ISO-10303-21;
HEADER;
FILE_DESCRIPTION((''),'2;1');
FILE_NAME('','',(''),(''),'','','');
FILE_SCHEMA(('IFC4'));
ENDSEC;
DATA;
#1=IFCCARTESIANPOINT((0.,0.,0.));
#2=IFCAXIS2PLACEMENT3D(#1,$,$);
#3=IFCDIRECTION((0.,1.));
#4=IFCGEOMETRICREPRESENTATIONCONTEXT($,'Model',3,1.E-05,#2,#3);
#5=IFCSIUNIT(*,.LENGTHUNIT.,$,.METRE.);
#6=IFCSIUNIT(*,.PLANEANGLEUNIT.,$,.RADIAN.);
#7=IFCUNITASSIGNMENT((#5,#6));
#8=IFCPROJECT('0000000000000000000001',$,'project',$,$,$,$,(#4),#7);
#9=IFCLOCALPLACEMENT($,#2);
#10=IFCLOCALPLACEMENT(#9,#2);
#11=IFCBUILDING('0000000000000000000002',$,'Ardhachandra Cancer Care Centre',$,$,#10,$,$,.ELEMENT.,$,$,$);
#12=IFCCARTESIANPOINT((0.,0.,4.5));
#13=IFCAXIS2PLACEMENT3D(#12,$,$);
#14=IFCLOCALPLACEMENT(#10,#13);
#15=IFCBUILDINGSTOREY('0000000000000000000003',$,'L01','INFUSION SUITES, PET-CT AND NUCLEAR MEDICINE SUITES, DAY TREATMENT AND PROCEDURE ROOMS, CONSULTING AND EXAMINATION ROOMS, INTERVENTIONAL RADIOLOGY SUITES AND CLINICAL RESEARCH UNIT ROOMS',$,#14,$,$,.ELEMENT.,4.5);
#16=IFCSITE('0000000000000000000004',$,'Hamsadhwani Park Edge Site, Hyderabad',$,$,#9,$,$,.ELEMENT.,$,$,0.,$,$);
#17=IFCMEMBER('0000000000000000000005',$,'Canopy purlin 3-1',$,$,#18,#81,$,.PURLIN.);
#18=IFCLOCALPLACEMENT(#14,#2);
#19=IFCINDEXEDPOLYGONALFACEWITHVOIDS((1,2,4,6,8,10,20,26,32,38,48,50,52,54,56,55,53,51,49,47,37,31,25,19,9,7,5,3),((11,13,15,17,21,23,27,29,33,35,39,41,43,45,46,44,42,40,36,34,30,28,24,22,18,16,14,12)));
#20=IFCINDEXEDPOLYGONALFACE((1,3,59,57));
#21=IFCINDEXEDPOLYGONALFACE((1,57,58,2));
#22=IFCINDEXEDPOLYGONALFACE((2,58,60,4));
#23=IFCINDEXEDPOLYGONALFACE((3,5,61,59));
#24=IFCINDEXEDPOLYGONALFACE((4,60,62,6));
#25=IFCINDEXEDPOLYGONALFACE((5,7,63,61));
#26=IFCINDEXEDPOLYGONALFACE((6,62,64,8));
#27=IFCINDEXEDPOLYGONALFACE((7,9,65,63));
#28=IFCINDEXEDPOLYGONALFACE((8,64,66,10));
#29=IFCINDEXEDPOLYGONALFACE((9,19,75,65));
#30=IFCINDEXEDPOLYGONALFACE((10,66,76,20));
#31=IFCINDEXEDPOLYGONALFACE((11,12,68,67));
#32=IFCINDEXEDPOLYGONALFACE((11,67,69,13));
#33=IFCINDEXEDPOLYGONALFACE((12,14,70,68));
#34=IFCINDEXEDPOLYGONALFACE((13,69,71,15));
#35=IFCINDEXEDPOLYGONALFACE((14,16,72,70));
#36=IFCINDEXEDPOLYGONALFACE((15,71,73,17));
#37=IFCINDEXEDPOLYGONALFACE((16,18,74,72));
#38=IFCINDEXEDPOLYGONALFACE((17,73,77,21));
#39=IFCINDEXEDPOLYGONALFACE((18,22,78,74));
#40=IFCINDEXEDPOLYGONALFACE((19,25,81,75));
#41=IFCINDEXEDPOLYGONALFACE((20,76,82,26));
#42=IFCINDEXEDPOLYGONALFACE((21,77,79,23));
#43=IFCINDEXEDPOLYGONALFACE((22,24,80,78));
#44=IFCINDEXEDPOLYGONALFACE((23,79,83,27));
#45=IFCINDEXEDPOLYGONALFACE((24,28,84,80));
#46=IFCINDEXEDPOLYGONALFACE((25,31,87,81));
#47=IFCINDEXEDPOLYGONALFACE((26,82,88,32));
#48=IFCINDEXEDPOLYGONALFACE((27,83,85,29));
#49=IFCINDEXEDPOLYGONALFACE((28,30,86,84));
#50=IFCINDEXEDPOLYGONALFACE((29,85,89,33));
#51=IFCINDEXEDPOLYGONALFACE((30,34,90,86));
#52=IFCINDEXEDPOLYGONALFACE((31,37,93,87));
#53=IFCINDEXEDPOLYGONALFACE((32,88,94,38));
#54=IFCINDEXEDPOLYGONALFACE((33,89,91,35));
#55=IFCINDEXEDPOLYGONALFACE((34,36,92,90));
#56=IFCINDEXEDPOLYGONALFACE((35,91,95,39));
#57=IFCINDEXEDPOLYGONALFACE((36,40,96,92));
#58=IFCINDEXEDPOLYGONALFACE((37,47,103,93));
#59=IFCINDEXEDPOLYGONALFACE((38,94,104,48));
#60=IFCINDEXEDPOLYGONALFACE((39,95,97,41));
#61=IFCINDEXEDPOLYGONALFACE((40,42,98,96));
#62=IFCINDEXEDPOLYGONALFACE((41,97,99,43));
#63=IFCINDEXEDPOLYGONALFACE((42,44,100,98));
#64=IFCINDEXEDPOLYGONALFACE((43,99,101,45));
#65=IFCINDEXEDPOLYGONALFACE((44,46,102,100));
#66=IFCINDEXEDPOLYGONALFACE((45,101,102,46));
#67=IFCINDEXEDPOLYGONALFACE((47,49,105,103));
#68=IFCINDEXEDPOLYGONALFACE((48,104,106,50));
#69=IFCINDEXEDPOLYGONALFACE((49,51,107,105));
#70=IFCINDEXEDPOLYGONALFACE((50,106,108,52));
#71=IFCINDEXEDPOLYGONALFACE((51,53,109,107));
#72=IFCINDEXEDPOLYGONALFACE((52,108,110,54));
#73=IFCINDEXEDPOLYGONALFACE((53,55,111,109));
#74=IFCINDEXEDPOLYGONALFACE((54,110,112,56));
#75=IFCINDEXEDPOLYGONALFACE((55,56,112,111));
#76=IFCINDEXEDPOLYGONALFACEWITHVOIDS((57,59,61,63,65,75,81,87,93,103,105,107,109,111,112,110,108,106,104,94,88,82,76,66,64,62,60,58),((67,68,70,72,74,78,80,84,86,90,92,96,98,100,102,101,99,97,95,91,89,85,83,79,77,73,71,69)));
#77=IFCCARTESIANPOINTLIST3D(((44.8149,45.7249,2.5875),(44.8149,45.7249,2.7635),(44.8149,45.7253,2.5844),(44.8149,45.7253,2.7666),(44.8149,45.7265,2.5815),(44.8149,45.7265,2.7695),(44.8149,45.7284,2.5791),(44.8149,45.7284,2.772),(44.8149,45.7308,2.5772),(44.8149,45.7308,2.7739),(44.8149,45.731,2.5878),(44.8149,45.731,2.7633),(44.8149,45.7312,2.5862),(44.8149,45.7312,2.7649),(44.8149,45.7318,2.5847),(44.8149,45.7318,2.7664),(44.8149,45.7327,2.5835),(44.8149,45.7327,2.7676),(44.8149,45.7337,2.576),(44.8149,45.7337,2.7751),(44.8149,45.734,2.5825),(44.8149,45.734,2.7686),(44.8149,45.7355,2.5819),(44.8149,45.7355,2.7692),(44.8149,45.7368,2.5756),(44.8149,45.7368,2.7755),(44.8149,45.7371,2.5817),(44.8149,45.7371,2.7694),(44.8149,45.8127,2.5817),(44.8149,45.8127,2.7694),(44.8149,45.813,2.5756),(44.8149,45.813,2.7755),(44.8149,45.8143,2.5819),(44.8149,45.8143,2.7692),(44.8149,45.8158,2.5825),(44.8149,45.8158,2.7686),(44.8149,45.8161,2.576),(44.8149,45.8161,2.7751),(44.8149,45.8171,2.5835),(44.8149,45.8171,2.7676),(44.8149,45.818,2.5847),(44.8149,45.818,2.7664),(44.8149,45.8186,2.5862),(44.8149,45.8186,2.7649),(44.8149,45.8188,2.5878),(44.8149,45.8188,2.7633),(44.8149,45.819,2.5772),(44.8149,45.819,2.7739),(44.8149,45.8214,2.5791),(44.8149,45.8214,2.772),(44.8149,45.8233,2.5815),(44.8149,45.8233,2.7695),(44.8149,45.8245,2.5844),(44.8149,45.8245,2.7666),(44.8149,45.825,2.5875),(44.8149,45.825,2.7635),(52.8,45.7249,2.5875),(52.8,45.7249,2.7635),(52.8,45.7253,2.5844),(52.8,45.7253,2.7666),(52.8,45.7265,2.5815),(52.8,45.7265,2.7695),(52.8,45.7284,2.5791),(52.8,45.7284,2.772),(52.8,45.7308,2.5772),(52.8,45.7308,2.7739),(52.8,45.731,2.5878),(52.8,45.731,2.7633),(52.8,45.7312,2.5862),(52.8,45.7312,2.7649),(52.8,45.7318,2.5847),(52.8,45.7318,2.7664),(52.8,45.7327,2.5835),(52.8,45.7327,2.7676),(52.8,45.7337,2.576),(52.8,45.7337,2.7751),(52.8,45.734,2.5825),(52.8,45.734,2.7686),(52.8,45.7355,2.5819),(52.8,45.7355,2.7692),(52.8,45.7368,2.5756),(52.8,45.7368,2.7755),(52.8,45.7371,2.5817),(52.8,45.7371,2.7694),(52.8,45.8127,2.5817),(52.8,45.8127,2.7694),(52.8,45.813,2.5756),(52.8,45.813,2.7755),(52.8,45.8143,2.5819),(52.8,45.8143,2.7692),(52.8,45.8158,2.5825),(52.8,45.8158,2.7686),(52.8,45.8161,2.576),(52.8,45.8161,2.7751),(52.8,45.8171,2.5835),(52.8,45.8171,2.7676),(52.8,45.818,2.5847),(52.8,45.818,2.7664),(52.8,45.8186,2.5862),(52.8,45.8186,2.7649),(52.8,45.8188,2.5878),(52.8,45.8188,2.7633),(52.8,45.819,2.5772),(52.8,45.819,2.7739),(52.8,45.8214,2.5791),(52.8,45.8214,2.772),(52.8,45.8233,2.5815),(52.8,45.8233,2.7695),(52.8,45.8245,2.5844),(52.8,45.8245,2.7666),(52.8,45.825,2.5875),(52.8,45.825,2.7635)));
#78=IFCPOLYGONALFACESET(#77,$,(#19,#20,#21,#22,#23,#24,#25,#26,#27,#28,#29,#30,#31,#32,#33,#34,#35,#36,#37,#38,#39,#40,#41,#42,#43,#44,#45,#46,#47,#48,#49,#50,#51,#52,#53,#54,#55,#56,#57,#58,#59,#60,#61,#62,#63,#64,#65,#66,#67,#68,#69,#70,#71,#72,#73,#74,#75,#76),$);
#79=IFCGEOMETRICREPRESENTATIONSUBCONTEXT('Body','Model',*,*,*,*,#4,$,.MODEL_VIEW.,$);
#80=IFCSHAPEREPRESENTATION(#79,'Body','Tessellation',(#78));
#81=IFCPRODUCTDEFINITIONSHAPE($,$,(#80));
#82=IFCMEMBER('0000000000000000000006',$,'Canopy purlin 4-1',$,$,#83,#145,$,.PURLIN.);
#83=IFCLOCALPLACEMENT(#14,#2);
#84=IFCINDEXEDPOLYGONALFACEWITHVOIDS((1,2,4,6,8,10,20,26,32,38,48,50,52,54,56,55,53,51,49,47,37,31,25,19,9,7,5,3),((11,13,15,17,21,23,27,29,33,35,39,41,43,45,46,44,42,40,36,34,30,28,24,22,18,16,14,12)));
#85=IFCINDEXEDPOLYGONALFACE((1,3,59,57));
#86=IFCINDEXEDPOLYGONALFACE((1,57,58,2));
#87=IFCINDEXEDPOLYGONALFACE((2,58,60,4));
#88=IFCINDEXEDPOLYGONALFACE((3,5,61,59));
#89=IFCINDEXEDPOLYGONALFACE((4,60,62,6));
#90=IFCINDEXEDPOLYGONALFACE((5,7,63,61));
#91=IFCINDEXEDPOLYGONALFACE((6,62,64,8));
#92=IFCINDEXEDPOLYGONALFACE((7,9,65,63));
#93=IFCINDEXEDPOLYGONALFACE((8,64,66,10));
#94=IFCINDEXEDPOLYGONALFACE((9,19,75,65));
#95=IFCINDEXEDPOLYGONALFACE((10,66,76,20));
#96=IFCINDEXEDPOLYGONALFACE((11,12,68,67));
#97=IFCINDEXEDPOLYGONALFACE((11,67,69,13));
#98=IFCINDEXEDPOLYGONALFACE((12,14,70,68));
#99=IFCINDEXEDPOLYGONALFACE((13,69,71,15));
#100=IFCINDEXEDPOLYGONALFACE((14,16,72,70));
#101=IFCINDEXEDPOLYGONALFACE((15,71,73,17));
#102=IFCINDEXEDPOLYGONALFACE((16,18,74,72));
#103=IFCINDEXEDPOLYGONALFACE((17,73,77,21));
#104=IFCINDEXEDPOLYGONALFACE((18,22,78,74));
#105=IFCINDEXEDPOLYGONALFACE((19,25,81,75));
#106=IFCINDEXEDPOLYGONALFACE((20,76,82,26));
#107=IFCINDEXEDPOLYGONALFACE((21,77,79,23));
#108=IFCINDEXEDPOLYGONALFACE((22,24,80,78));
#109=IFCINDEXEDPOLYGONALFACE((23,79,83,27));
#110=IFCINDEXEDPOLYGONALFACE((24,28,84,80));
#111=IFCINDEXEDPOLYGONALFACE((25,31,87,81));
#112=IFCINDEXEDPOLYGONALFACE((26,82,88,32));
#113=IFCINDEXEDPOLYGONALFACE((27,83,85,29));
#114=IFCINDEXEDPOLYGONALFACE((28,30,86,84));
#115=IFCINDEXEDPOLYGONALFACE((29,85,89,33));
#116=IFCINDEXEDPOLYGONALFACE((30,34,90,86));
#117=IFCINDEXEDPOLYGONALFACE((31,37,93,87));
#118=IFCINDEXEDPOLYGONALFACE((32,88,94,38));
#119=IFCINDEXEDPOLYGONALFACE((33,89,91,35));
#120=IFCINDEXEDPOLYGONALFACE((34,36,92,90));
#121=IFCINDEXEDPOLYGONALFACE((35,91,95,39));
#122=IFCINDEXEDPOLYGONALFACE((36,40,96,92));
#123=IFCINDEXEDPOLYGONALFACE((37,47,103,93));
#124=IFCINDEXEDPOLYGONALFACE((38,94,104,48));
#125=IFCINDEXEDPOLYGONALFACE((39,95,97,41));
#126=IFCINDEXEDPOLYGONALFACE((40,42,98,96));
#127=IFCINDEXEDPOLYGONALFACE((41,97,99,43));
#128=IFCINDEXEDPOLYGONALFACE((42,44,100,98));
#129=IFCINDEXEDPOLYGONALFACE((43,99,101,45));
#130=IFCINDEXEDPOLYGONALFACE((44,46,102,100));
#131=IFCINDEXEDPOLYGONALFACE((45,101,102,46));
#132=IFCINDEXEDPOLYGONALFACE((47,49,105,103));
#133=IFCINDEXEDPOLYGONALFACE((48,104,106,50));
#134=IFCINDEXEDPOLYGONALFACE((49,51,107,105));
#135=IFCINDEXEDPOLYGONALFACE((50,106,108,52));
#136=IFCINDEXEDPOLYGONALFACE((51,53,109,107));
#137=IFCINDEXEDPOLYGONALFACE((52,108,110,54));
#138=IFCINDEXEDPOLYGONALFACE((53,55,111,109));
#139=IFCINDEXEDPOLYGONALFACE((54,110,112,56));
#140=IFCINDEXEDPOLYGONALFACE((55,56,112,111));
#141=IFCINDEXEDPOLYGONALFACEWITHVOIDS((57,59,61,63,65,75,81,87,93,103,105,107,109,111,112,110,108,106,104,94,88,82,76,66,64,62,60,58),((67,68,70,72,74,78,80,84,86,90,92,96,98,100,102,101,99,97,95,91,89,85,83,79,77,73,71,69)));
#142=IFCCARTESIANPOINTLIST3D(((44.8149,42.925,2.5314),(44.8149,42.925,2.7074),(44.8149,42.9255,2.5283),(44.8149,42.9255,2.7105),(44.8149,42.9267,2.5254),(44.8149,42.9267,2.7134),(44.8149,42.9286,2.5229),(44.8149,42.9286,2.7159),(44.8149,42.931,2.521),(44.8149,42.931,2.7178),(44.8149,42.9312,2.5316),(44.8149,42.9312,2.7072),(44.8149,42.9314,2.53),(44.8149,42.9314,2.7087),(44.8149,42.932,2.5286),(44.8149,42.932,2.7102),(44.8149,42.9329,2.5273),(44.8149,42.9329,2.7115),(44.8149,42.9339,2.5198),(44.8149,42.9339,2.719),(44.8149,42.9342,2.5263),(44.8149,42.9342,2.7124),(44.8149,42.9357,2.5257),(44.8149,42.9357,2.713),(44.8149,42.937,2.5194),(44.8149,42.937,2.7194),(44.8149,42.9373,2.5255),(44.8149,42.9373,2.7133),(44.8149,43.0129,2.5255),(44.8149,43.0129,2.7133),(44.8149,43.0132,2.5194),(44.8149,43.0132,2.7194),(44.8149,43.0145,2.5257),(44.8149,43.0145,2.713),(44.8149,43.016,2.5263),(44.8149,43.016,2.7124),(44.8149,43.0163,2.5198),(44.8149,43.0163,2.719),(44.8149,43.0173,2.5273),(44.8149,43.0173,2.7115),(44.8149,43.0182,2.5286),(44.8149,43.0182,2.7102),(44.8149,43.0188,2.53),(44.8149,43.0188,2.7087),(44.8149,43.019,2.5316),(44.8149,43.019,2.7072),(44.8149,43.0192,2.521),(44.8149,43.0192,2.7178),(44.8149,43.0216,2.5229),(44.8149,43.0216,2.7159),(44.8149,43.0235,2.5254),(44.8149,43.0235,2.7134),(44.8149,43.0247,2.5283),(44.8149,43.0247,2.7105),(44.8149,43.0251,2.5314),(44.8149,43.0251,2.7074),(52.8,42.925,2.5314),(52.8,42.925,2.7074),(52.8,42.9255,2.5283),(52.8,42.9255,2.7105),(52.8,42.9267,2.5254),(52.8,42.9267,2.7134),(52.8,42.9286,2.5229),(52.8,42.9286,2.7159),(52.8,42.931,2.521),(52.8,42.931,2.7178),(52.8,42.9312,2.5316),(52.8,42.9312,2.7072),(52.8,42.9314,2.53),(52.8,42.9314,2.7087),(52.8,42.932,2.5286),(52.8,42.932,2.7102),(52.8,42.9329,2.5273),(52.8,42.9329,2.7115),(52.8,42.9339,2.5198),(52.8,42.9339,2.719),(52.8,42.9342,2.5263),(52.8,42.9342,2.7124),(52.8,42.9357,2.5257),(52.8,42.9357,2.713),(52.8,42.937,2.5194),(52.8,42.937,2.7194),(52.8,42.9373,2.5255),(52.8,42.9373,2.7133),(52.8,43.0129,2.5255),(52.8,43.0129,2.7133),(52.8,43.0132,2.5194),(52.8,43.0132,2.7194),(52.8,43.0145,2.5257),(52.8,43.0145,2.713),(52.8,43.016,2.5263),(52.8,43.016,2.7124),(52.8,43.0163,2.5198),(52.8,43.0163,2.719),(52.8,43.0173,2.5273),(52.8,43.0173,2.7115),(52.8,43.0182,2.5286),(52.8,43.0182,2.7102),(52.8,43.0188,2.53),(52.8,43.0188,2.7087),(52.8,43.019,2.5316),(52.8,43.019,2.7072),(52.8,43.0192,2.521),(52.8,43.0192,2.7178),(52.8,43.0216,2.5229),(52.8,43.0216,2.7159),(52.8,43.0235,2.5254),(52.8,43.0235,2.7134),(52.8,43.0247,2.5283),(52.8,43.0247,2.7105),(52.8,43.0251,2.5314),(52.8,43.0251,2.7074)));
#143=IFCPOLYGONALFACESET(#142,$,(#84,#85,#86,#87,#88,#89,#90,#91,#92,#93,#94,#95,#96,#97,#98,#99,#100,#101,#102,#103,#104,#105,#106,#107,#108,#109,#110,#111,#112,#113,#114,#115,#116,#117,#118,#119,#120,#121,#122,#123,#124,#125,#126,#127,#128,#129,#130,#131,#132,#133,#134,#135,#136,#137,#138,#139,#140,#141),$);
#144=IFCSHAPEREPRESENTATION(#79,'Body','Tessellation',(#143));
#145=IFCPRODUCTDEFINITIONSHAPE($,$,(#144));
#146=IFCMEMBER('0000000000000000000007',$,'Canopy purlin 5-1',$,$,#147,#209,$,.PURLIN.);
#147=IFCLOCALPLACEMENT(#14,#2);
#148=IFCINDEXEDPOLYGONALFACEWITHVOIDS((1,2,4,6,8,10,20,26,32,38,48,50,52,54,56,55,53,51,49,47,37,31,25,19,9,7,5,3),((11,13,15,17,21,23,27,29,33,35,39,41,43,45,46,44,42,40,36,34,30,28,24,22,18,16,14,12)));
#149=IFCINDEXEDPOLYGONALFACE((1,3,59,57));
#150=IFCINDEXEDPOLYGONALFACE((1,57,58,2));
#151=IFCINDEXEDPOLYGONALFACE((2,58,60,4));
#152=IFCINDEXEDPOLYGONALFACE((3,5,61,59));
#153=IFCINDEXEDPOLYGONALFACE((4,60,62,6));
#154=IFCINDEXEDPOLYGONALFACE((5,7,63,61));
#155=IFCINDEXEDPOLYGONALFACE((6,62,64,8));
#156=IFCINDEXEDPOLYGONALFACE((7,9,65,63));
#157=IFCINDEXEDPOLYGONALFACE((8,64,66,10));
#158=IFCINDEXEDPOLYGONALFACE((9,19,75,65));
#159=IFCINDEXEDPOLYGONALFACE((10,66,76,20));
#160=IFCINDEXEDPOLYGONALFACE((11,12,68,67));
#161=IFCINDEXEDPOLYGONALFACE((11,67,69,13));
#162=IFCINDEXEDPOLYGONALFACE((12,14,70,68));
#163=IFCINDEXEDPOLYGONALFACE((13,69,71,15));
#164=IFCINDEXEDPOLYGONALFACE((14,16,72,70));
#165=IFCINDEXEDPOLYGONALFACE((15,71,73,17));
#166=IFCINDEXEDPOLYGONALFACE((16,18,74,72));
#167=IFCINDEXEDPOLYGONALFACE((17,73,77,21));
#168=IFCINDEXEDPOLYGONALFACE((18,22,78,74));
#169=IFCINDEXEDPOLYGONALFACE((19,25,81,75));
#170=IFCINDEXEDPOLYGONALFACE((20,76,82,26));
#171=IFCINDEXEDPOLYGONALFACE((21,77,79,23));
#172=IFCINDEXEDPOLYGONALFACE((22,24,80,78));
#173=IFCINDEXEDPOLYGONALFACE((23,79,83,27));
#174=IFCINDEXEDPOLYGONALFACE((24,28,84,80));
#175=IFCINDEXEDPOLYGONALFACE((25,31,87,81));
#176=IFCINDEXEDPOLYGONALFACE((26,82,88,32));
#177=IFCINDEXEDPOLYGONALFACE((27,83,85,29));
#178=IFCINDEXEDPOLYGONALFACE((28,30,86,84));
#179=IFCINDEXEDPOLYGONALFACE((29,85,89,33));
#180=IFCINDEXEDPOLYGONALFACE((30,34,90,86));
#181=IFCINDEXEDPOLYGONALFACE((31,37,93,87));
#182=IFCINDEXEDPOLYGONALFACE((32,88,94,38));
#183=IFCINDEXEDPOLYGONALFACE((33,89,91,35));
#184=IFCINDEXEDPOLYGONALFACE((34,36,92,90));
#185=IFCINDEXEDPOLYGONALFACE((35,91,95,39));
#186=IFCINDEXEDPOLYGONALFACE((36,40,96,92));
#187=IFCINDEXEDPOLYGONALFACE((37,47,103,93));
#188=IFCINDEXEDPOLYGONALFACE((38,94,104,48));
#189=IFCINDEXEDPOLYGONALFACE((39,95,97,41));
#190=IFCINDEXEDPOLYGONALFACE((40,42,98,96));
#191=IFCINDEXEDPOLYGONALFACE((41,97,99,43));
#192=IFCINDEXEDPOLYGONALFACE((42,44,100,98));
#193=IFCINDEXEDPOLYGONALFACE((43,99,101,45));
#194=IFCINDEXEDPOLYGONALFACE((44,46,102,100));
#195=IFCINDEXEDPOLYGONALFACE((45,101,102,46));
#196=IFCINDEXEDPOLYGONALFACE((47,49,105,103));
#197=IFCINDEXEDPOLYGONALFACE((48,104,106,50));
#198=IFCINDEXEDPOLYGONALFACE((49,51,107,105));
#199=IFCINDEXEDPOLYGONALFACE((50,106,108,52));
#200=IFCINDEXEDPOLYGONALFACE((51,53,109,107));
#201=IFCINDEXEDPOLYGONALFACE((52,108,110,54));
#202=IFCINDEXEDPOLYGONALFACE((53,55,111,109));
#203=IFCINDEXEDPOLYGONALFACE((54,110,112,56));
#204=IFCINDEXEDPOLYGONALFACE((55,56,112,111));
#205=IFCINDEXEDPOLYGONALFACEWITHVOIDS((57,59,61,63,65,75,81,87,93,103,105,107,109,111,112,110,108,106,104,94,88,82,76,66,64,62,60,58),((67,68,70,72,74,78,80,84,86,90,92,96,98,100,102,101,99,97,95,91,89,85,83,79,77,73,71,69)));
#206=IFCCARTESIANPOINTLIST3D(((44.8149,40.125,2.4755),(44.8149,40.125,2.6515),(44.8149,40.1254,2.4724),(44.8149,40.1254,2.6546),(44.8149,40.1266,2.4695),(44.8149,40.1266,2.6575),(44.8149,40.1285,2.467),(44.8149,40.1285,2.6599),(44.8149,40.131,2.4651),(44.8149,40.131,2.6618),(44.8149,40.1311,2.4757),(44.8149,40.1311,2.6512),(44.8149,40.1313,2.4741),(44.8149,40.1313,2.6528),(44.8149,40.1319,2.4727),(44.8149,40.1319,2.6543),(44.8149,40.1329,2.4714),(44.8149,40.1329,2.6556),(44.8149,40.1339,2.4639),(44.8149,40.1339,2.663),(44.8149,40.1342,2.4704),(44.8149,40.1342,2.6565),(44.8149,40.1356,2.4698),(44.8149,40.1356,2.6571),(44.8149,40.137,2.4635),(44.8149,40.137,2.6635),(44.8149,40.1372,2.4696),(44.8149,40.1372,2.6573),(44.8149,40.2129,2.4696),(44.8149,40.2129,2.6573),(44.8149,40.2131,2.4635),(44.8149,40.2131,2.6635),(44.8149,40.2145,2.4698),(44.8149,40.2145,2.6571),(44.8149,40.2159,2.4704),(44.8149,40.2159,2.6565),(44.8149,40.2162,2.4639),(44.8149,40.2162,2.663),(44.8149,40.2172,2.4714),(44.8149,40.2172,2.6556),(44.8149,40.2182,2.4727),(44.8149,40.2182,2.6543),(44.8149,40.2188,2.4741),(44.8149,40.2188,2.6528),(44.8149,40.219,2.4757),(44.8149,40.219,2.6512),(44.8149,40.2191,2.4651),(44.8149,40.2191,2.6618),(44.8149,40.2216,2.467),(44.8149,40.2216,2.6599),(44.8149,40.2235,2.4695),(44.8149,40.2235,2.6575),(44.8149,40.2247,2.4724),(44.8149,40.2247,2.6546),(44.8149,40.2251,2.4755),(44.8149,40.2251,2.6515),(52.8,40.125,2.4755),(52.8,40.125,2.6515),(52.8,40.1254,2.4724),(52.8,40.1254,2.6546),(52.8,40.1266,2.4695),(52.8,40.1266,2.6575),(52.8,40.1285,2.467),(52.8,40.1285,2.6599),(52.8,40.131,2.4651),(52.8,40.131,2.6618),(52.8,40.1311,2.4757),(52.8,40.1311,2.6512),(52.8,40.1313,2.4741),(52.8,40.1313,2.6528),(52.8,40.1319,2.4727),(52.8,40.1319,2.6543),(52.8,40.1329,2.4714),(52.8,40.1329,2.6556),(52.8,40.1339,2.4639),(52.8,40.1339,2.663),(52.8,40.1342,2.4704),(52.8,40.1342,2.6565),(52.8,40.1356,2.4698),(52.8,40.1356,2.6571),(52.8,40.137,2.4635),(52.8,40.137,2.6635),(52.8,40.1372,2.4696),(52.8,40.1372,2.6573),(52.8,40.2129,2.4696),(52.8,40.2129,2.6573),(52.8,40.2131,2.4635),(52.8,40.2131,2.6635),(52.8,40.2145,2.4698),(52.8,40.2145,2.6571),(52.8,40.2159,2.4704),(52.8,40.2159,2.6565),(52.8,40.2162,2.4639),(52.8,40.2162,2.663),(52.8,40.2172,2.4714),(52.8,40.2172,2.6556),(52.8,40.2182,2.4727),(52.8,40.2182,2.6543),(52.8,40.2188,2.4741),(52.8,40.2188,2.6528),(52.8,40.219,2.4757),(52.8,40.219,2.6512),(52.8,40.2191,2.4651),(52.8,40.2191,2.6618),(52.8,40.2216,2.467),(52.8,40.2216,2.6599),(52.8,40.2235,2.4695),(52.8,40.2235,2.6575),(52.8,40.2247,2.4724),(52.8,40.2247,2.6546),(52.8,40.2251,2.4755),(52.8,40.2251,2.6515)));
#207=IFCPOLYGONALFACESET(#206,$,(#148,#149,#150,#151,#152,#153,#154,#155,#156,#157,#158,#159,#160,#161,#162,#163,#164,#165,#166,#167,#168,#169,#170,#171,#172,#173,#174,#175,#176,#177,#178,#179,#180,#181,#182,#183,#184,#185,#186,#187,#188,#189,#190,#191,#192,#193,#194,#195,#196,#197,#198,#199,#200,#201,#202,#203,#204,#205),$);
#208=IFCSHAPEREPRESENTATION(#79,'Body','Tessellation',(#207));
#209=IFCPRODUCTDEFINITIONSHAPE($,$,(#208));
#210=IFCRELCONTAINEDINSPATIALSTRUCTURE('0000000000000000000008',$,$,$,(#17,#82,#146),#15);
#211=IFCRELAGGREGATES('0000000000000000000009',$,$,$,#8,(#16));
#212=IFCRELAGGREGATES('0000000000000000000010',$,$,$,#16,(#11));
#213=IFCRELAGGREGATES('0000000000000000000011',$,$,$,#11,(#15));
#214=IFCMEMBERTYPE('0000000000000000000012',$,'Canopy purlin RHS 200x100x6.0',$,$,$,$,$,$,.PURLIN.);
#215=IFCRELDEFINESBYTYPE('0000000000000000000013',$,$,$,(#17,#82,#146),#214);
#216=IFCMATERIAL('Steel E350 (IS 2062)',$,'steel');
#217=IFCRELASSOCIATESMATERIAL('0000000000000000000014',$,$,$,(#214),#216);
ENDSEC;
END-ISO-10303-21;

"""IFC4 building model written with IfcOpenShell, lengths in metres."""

from ifc_helpers import new_model, si_unit, direction, frame, origin, origin_2d, place, context, subcontext, project, spatial, hollow_rectangle, extrude, material, material_profile, profile_set, type_object, element, save


model = new_model("IFC4")

# Units and contexts
model_context = context("Model", 3, precision=1e-05, world=origin(), true_north=direction((0.0, 1.0)))
body_context = subcontext(model_context, "Body", "Model", "MODEL_VIEW")
ifc_project = project(units=[si_unit("LENGTHUNIT", "METRE"), si_unit("PLANEANGLEUNIT", "RADIAN")], contexts=[model_context])

# Site, building, storey
site_placement = place(None, origin())
site = spatial("IfcSite", under=ifc_project, at=site_placement, Name="Hamsadhwani Park Edge Site, Hyderabad", CompositionType="ELEMENT", RefElevation=0.0)
building_placement = place(site_placement, origin())
building = spatial("IfcBuilding", under=site, at=building_placement, Name="Ardhachandra Cancer Care Centre", CompositionType="ELEMENT")
storey_placement = place(building_placement, frame((0.0, 0.0, 4.5)))
storey = spatial("IfcBuildingStorey", under=building, at=storey_placement, Name="L01", Description="INFUSION SUITES, PET-CT AND NUCLEAR MEDICINE SUITES, DAY TREATMENT AND PROCEDURE ROOMS, CONSULTING AND EXAMINATION ROOMS, INTERVENTIONAL RADIOLOGY SUITES AND CLINICAL RESEARCH UNIT ROOMS", CompositionType="ELEMENT", Elevation=4.5)

# Members
ifc_material_1 = material(Name="Steel E350 (IS 2062)", Category="steel")
ifc_material_profile_1 = material_profile(ifc_material_1, hollow_rectangle(XDim=0.1001, YDim=0.2, WallThickness=0.0061, InnerFilletRadius=0.0061, OuterFilletRadius=0.012, at=origin_2d()), Name="RHS 200x100x6.0")
ifc_profile_set_1 = profile_set([ifc_material_profile_1], Name="Steel E350 (IS 2062)")
member_type_1 = type_object("IfcMemberType", Name="Canopy purlin RHS 200x100x6.0", PredefinedType="PURLIN", material=ifc_profile_set_1)
for number, where, z_axis, x_axis, name in (
    (1, (44.8149, 45.7749, 2.6755), (1.0, 0.0, 0.0), (0.0, 1.0, 0.0), "Canopy purlin 3-1"),
    (2, (44.8149, 42.9751, 2.6194), (1.0, 0.0, 0.0), (0.0, 1.0, 0.0), "Canopy purlin 4-1"),
    (3, (44.8149, 40.175, 2.5635), (1.0, 0.0, 0.0), (0.0, 1.0, 0.0), "Canopy purlin 5-1"),
):
    element("IfcMember", number, at=place(storey_placement, frame(where, z_axis=z_axis, x_axis=x_axis)), inside=storey, type_object=member_type_1, Name=name, PredefinedType="PURLIN", context=body_context, shape_type="SweptSolid", body=[
        extrude(hollow_rectangle(XDim=0.1001, YDim=0.2, WallThickness=0.0061, InnerFilletRadius=0.0061, OuterFilletRadius=0.012, at=origin_2d()), origin(), (0.0, 0.0, 1.0), 7.9851),
    ])

save(model, "model.ifc")
